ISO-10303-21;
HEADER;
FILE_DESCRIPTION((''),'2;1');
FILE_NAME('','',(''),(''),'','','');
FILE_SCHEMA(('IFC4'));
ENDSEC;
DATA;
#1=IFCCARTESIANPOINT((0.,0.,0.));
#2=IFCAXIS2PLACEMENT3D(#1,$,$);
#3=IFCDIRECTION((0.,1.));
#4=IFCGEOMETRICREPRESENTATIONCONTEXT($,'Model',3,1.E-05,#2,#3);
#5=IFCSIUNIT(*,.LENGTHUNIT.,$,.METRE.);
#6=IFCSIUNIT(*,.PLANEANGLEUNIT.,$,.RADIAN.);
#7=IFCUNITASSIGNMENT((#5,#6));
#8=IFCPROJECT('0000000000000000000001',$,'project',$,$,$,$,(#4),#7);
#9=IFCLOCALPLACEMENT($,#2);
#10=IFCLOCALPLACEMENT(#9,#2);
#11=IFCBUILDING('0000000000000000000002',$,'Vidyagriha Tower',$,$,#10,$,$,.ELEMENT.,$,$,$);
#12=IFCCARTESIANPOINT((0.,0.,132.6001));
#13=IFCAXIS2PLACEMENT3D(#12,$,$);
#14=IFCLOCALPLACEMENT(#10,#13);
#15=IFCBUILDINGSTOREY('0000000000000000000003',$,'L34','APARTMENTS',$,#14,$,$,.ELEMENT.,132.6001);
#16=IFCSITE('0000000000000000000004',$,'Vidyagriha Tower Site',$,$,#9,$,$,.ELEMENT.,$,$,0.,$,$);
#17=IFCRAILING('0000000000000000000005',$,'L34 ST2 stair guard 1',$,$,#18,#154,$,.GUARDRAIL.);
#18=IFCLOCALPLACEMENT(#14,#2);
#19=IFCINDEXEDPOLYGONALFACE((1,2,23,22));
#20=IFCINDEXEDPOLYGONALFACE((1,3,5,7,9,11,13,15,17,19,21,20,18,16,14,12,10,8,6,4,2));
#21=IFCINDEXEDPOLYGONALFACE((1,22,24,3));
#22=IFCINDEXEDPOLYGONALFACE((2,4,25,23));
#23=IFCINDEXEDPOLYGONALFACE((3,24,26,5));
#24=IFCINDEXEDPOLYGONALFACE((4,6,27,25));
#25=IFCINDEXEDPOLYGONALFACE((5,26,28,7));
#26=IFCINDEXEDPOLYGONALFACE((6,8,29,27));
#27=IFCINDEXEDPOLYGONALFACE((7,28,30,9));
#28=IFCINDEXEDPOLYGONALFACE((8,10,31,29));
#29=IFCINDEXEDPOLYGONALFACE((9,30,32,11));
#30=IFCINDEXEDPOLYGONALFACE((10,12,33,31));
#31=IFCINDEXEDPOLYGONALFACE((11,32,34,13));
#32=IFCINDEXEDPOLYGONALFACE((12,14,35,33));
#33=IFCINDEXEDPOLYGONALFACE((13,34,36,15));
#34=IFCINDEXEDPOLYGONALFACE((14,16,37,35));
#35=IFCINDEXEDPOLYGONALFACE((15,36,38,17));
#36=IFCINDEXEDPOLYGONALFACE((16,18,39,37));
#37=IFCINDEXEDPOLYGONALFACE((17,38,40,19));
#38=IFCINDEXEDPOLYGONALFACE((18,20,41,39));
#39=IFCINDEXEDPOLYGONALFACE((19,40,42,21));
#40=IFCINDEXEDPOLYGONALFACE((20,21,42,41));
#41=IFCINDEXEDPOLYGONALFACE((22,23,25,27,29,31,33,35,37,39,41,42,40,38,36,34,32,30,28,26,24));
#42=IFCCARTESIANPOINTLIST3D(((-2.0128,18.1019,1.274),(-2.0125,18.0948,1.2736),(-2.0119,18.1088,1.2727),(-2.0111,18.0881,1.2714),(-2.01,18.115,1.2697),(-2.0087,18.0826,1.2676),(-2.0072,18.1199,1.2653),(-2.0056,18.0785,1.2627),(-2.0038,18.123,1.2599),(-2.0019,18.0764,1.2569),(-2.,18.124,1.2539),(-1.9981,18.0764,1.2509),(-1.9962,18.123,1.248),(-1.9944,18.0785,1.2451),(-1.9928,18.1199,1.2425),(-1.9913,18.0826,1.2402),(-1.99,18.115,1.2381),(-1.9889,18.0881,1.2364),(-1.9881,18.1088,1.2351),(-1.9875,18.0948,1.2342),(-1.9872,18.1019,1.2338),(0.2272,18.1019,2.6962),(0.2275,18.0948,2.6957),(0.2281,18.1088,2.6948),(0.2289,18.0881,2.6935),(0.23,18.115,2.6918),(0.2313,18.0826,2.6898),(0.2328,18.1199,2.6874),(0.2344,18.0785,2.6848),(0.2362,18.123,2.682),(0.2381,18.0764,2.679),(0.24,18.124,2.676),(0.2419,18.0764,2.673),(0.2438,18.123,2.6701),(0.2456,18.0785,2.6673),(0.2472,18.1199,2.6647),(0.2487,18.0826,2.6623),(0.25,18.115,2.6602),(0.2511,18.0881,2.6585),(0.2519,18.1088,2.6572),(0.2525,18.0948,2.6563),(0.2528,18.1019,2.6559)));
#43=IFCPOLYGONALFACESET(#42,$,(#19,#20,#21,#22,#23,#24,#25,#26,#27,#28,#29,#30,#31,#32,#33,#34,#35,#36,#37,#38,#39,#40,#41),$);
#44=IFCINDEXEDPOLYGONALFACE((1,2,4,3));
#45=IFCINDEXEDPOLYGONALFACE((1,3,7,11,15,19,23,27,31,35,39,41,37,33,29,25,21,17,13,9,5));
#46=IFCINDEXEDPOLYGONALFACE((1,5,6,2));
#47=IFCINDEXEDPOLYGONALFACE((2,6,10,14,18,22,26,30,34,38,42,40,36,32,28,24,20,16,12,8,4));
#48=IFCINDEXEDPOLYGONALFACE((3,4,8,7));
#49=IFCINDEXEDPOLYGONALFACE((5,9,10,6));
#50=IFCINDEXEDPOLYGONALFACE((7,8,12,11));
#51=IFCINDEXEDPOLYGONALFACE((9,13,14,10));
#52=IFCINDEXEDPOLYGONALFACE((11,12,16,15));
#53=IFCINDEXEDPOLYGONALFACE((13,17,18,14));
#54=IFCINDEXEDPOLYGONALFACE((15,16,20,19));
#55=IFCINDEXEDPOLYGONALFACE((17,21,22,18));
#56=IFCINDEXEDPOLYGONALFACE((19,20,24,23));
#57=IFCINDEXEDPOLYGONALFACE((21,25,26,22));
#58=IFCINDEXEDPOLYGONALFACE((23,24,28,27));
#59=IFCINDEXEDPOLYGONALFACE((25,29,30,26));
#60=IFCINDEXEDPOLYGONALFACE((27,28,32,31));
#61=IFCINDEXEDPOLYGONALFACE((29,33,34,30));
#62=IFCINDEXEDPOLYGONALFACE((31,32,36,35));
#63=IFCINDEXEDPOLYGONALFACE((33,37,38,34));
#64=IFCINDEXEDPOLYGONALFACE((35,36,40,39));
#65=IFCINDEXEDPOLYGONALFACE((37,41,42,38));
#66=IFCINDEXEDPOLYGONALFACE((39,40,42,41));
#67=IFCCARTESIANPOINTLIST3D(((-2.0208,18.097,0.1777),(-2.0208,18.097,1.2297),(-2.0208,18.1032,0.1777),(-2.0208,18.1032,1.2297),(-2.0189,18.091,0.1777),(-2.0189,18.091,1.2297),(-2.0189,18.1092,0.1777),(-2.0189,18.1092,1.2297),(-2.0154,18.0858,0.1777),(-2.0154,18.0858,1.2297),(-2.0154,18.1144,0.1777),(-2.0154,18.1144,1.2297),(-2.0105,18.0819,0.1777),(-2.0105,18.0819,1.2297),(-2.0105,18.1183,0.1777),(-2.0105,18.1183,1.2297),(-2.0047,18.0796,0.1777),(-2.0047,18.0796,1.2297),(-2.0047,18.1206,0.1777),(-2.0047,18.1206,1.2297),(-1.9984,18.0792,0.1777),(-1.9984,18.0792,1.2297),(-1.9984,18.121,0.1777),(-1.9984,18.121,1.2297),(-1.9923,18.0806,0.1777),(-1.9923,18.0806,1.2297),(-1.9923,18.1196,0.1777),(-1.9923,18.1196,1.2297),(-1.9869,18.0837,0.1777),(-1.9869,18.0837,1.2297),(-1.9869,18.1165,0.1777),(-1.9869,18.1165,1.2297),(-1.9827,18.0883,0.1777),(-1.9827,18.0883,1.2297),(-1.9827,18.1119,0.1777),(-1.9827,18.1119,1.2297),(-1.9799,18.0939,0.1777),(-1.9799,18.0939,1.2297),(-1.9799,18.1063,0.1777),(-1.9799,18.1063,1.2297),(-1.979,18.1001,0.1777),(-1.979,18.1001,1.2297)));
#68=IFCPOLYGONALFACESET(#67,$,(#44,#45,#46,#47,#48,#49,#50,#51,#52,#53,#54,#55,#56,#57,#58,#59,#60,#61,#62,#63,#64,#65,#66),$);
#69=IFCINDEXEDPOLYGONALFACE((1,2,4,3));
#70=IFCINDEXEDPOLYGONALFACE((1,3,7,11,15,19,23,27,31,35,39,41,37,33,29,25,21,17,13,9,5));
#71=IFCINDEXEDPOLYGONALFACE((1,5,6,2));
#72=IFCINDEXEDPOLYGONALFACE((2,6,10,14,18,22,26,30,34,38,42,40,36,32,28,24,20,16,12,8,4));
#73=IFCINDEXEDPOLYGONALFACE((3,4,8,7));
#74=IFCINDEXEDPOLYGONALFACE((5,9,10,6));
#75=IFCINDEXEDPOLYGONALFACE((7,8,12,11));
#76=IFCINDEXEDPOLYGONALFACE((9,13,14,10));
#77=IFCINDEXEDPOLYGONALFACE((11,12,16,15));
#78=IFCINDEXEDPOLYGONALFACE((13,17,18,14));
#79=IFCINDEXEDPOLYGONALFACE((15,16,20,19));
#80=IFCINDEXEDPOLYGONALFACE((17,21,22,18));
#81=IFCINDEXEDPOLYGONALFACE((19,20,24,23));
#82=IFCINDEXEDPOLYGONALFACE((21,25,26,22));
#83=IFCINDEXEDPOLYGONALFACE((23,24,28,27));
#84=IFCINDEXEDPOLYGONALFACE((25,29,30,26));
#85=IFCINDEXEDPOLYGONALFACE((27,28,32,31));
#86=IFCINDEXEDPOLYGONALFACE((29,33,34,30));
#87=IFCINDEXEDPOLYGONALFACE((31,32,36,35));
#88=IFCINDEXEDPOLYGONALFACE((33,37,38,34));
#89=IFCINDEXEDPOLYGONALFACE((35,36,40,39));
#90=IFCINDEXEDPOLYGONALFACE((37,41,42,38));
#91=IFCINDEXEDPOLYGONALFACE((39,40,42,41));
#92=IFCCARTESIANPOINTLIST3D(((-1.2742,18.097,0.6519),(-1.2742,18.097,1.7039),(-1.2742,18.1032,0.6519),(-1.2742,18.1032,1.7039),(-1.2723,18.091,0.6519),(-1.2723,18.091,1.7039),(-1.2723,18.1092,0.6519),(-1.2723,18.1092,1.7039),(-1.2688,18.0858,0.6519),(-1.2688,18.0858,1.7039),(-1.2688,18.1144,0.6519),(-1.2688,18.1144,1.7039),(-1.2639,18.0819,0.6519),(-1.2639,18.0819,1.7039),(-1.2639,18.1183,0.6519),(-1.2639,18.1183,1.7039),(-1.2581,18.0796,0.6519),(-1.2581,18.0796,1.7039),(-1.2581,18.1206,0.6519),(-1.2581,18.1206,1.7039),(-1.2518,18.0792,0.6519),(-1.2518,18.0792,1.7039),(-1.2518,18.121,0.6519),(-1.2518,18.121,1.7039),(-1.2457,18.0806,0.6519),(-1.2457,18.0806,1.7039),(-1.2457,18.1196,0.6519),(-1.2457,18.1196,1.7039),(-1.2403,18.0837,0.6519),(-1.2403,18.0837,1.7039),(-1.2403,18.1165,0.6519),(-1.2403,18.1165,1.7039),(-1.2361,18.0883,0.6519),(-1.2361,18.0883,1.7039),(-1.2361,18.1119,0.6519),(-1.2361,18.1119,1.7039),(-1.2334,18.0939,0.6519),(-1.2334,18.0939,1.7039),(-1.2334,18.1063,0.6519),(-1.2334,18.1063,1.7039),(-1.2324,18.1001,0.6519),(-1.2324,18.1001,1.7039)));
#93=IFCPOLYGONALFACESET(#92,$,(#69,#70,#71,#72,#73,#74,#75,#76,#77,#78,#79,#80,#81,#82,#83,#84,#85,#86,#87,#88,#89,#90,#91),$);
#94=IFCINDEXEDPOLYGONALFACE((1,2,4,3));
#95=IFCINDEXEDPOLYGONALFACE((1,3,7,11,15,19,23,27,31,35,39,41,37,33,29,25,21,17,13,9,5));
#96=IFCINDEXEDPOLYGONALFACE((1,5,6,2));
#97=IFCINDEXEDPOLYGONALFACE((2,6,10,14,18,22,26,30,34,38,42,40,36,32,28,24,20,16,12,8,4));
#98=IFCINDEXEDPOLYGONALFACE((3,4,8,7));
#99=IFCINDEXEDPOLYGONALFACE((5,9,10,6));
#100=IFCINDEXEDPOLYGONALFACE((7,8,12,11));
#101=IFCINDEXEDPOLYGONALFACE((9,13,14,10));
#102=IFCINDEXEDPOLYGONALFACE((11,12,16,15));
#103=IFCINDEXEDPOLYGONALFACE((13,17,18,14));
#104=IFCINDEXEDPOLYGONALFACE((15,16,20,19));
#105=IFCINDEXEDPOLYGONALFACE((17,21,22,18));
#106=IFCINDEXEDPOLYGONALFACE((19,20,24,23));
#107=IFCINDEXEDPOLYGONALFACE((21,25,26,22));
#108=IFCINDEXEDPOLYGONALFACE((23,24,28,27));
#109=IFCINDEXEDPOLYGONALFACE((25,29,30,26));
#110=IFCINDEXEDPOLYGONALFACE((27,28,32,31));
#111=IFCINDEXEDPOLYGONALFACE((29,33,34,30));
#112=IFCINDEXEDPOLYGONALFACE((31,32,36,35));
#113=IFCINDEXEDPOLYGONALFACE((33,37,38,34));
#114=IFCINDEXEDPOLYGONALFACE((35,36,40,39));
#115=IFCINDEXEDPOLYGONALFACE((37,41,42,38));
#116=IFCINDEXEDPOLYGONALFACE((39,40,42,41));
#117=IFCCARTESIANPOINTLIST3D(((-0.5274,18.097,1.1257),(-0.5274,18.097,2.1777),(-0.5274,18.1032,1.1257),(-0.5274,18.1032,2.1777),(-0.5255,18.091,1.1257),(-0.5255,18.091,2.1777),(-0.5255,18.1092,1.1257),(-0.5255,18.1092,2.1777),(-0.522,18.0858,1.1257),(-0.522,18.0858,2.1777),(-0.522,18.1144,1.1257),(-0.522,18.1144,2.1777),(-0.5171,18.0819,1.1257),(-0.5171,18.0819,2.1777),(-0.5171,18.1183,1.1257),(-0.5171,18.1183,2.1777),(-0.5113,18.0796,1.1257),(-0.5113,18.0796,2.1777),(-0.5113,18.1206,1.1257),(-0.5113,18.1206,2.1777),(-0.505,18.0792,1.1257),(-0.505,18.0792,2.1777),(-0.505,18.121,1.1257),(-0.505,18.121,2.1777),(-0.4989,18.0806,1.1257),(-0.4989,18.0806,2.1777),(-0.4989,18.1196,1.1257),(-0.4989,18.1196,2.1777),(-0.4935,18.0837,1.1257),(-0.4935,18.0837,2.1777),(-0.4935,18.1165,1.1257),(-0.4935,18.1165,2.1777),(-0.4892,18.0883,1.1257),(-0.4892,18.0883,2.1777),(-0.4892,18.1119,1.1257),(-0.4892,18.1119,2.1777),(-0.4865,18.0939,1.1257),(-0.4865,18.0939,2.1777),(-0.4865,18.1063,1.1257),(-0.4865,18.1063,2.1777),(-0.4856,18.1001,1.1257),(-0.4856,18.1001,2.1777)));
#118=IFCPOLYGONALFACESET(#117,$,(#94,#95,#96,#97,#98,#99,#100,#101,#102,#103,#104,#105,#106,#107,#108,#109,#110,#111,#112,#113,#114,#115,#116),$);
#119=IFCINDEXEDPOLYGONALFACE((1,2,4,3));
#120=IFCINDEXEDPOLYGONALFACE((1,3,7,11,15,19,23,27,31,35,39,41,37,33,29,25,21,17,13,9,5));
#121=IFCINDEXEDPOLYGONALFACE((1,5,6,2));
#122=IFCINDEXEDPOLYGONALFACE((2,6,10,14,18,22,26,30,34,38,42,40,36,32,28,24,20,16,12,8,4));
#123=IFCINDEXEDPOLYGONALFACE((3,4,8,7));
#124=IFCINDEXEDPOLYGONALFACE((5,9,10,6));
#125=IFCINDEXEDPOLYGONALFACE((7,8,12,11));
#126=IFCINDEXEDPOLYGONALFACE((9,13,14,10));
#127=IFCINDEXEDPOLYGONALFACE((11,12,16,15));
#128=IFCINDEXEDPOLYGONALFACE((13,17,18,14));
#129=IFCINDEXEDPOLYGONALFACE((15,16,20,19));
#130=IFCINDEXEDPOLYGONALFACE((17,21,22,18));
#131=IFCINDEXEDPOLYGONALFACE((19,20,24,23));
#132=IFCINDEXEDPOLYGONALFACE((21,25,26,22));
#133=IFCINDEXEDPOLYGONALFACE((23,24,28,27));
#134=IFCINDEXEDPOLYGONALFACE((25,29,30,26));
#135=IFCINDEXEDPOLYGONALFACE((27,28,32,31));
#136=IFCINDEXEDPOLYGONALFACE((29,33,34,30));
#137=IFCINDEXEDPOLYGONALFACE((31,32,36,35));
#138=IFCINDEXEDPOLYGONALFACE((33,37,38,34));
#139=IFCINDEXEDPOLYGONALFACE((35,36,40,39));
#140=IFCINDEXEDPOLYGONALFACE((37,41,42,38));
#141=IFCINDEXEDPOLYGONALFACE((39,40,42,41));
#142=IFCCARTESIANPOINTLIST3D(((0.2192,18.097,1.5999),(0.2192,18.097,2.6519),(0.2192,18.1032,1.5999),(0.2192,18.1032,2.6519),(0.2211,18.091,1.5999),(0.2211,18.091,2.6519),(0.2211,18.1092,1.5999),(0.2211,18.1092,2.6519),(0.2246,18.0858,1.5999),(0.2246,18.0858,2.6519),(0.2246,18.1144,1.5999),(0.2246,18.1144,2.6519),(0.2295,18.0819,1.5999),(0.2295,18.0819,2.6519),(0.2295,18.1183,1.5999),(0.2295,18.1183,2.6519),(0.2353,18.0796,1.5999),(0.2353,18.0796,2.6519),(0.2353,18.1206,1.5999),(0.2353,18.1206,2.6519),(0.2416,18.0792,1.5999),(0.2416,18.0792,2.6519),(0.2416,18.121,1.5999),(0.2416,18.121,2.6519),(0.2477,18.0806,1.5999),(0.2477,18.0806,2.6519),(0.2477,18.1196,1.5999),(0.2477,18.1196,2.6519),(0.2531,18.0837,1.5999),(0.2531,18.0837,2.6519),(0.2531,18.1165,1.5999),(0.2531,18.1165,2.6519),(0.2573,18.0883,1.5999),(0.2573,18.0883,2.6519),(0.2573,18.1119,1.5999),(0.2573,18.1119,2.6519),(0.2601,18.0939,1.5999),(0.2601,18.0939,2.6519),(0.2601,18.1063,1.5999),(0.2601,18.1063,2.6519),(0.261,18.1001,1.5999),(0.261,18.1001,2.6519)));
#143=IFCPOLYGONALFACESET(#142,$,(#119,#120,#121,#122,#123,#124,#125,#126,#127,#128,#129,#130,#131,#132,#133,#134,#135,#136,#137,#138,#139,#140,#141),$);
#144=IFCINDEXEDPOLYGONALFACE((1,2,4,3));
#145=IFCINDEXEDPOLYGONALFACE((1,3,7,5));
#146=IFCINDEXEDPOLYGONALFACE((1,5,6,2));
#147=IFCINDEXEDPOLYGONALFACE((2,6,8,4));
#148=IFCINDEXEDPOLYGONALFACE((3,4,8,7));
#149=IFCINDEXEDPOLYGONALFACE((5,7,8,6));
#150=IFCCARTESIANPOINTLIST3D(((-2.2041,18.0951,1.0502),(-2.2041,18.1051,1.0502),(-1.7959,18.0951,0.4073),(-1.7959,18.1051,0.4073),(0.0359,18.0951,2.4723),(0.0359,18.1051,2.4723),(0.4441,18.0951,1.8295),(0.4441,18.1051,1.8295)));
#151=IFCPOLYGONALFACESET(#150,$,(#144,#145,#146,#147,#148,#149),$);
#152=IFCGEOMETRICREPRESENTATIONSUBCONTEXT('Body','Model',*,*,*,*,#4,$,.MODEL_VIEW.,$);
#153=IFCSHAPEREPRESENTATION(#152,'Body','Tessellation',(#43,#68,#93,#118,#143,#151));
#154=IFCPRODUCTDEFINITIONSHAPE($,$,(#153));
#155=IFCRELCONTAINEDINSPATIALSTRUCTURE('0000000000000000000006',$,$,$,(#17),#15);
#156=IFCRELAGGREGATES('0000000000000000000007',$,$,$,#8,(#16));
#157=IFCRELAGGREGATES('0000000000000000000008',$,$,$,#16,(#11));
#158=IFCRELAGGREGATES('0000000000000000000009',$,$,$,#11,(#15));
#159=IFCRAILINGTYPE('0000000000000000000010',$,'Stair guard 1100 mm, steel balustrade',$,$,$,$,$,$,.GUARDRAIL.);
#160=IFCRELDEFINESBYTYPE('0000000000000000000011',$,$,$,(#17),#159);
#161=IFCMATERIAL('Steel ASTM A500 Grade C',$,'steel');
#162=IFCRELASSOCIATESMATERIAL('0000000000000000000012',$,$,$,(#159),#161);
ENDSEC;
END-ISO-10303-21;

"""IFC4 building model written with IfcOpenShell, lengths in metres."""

from ifc_helpers import new_model, si_unit, direction, frame, origin, origin_2d, place, context, subcontext, project, spatial, rectangle, circle, extrude, material, type_object, element, save


model = new_model("IFC4")

# Units and contexts
model_context = context("Model", 3, precision=1e-05, world=origin(), true_north=direction((0.0, 1.0)))
body_context = subcontext(model_context, "Body", "Model", "MODEL_VIEW")
ifc_project = project(units=[si_unit("LENGTHUNIT", "METRE"), si_unit("PLANEANGLEUNIT", "RADIAN")], contexts=[model_context])

# Site, building, storey
site_placement = place(None, origin())
site = spatial("IfcSite", under=ifc_project, at=site_placement, Name="Vidyagriha Tower Site", CompositionType="ELEMENT", RefElevation=0.0)
building_placement = place(site_placement, origin())
building = spatial("IfcBuilding", under=site, at=building_placement, Name="Vidyagriha Tower", CompositionType="ELEMENT")
storey_placement = place(building_placement, frame((0.0, 0.0, 132.6001)))
storey = spatial("IfcBuildingStorey", under=building, at=storey_placement, Name="L34", Description="APARTMENTS", CompositionType="ELEMENT", Elevation=132.6001)

# Railing
ifc_material_1 = material(Name="Steel ASTM A500 Grade C", Category="steel")
railing_type_1 = type_object("IfcRailingType", Name="Stair guard 1100 mm, steel balustrade", PredefinedType="GUARDRAIL", material=ifc_material_1)
railing_1_placement = place(storey_placement, frame((-2.0, 18.1001, 0.1777)))
element("IfcRailing", 1, at=railing_1_placement, inside=storey, type_object=railing_type_1, Name="L34 ST2 stair guard 1", PredefinedType="GUARDRAIL", context=body_context, shape_type="SweptSolid", body=[
    extrude(circle(Radius=0.0239, at=origin_2d()), frame((0.0, 0.0, 1.0762), z_axis=(0.844229, 0.0, 0.535982), x_axis=(0.0, 1.0, 0.0)), (0.0, 0.0, 1.0), 2.6533),
    extrude(circle(Radius=0.021, at=origin_2d()), origin(), (0.0, 0.0, 1.0), 1.052),
    extrude(circle(Radius=0.021, at=origin_2d()), frame((0.7466, 0.0, 0.4741)), (0.0, 0.0, 1.0), 1.052),
    extrude(circle(Radius=0.021, at=origin_2d()), frame((1.4934, 0.0, 0.948)), (0.0, 0.0, 1.0), 1.052),
    extrude(circle(Radius=0.021, at=origin_2d()), frame((2.24, 0.0, 1.4221)), (0.0, 0.0, 1.0), 1.052),
    extrude(rectangle(XDim=0.01, YDim=0.7615, at=origin_2d()), frame((0.0, 0.0, 0.551), z_axis=(0.844229, 0.0, 0.535982), x_axis=(0.0, 1.0, 0.0)), (0.0, 0.0, 1.0), 2.6533),
])

save(model, "model.ifc")
